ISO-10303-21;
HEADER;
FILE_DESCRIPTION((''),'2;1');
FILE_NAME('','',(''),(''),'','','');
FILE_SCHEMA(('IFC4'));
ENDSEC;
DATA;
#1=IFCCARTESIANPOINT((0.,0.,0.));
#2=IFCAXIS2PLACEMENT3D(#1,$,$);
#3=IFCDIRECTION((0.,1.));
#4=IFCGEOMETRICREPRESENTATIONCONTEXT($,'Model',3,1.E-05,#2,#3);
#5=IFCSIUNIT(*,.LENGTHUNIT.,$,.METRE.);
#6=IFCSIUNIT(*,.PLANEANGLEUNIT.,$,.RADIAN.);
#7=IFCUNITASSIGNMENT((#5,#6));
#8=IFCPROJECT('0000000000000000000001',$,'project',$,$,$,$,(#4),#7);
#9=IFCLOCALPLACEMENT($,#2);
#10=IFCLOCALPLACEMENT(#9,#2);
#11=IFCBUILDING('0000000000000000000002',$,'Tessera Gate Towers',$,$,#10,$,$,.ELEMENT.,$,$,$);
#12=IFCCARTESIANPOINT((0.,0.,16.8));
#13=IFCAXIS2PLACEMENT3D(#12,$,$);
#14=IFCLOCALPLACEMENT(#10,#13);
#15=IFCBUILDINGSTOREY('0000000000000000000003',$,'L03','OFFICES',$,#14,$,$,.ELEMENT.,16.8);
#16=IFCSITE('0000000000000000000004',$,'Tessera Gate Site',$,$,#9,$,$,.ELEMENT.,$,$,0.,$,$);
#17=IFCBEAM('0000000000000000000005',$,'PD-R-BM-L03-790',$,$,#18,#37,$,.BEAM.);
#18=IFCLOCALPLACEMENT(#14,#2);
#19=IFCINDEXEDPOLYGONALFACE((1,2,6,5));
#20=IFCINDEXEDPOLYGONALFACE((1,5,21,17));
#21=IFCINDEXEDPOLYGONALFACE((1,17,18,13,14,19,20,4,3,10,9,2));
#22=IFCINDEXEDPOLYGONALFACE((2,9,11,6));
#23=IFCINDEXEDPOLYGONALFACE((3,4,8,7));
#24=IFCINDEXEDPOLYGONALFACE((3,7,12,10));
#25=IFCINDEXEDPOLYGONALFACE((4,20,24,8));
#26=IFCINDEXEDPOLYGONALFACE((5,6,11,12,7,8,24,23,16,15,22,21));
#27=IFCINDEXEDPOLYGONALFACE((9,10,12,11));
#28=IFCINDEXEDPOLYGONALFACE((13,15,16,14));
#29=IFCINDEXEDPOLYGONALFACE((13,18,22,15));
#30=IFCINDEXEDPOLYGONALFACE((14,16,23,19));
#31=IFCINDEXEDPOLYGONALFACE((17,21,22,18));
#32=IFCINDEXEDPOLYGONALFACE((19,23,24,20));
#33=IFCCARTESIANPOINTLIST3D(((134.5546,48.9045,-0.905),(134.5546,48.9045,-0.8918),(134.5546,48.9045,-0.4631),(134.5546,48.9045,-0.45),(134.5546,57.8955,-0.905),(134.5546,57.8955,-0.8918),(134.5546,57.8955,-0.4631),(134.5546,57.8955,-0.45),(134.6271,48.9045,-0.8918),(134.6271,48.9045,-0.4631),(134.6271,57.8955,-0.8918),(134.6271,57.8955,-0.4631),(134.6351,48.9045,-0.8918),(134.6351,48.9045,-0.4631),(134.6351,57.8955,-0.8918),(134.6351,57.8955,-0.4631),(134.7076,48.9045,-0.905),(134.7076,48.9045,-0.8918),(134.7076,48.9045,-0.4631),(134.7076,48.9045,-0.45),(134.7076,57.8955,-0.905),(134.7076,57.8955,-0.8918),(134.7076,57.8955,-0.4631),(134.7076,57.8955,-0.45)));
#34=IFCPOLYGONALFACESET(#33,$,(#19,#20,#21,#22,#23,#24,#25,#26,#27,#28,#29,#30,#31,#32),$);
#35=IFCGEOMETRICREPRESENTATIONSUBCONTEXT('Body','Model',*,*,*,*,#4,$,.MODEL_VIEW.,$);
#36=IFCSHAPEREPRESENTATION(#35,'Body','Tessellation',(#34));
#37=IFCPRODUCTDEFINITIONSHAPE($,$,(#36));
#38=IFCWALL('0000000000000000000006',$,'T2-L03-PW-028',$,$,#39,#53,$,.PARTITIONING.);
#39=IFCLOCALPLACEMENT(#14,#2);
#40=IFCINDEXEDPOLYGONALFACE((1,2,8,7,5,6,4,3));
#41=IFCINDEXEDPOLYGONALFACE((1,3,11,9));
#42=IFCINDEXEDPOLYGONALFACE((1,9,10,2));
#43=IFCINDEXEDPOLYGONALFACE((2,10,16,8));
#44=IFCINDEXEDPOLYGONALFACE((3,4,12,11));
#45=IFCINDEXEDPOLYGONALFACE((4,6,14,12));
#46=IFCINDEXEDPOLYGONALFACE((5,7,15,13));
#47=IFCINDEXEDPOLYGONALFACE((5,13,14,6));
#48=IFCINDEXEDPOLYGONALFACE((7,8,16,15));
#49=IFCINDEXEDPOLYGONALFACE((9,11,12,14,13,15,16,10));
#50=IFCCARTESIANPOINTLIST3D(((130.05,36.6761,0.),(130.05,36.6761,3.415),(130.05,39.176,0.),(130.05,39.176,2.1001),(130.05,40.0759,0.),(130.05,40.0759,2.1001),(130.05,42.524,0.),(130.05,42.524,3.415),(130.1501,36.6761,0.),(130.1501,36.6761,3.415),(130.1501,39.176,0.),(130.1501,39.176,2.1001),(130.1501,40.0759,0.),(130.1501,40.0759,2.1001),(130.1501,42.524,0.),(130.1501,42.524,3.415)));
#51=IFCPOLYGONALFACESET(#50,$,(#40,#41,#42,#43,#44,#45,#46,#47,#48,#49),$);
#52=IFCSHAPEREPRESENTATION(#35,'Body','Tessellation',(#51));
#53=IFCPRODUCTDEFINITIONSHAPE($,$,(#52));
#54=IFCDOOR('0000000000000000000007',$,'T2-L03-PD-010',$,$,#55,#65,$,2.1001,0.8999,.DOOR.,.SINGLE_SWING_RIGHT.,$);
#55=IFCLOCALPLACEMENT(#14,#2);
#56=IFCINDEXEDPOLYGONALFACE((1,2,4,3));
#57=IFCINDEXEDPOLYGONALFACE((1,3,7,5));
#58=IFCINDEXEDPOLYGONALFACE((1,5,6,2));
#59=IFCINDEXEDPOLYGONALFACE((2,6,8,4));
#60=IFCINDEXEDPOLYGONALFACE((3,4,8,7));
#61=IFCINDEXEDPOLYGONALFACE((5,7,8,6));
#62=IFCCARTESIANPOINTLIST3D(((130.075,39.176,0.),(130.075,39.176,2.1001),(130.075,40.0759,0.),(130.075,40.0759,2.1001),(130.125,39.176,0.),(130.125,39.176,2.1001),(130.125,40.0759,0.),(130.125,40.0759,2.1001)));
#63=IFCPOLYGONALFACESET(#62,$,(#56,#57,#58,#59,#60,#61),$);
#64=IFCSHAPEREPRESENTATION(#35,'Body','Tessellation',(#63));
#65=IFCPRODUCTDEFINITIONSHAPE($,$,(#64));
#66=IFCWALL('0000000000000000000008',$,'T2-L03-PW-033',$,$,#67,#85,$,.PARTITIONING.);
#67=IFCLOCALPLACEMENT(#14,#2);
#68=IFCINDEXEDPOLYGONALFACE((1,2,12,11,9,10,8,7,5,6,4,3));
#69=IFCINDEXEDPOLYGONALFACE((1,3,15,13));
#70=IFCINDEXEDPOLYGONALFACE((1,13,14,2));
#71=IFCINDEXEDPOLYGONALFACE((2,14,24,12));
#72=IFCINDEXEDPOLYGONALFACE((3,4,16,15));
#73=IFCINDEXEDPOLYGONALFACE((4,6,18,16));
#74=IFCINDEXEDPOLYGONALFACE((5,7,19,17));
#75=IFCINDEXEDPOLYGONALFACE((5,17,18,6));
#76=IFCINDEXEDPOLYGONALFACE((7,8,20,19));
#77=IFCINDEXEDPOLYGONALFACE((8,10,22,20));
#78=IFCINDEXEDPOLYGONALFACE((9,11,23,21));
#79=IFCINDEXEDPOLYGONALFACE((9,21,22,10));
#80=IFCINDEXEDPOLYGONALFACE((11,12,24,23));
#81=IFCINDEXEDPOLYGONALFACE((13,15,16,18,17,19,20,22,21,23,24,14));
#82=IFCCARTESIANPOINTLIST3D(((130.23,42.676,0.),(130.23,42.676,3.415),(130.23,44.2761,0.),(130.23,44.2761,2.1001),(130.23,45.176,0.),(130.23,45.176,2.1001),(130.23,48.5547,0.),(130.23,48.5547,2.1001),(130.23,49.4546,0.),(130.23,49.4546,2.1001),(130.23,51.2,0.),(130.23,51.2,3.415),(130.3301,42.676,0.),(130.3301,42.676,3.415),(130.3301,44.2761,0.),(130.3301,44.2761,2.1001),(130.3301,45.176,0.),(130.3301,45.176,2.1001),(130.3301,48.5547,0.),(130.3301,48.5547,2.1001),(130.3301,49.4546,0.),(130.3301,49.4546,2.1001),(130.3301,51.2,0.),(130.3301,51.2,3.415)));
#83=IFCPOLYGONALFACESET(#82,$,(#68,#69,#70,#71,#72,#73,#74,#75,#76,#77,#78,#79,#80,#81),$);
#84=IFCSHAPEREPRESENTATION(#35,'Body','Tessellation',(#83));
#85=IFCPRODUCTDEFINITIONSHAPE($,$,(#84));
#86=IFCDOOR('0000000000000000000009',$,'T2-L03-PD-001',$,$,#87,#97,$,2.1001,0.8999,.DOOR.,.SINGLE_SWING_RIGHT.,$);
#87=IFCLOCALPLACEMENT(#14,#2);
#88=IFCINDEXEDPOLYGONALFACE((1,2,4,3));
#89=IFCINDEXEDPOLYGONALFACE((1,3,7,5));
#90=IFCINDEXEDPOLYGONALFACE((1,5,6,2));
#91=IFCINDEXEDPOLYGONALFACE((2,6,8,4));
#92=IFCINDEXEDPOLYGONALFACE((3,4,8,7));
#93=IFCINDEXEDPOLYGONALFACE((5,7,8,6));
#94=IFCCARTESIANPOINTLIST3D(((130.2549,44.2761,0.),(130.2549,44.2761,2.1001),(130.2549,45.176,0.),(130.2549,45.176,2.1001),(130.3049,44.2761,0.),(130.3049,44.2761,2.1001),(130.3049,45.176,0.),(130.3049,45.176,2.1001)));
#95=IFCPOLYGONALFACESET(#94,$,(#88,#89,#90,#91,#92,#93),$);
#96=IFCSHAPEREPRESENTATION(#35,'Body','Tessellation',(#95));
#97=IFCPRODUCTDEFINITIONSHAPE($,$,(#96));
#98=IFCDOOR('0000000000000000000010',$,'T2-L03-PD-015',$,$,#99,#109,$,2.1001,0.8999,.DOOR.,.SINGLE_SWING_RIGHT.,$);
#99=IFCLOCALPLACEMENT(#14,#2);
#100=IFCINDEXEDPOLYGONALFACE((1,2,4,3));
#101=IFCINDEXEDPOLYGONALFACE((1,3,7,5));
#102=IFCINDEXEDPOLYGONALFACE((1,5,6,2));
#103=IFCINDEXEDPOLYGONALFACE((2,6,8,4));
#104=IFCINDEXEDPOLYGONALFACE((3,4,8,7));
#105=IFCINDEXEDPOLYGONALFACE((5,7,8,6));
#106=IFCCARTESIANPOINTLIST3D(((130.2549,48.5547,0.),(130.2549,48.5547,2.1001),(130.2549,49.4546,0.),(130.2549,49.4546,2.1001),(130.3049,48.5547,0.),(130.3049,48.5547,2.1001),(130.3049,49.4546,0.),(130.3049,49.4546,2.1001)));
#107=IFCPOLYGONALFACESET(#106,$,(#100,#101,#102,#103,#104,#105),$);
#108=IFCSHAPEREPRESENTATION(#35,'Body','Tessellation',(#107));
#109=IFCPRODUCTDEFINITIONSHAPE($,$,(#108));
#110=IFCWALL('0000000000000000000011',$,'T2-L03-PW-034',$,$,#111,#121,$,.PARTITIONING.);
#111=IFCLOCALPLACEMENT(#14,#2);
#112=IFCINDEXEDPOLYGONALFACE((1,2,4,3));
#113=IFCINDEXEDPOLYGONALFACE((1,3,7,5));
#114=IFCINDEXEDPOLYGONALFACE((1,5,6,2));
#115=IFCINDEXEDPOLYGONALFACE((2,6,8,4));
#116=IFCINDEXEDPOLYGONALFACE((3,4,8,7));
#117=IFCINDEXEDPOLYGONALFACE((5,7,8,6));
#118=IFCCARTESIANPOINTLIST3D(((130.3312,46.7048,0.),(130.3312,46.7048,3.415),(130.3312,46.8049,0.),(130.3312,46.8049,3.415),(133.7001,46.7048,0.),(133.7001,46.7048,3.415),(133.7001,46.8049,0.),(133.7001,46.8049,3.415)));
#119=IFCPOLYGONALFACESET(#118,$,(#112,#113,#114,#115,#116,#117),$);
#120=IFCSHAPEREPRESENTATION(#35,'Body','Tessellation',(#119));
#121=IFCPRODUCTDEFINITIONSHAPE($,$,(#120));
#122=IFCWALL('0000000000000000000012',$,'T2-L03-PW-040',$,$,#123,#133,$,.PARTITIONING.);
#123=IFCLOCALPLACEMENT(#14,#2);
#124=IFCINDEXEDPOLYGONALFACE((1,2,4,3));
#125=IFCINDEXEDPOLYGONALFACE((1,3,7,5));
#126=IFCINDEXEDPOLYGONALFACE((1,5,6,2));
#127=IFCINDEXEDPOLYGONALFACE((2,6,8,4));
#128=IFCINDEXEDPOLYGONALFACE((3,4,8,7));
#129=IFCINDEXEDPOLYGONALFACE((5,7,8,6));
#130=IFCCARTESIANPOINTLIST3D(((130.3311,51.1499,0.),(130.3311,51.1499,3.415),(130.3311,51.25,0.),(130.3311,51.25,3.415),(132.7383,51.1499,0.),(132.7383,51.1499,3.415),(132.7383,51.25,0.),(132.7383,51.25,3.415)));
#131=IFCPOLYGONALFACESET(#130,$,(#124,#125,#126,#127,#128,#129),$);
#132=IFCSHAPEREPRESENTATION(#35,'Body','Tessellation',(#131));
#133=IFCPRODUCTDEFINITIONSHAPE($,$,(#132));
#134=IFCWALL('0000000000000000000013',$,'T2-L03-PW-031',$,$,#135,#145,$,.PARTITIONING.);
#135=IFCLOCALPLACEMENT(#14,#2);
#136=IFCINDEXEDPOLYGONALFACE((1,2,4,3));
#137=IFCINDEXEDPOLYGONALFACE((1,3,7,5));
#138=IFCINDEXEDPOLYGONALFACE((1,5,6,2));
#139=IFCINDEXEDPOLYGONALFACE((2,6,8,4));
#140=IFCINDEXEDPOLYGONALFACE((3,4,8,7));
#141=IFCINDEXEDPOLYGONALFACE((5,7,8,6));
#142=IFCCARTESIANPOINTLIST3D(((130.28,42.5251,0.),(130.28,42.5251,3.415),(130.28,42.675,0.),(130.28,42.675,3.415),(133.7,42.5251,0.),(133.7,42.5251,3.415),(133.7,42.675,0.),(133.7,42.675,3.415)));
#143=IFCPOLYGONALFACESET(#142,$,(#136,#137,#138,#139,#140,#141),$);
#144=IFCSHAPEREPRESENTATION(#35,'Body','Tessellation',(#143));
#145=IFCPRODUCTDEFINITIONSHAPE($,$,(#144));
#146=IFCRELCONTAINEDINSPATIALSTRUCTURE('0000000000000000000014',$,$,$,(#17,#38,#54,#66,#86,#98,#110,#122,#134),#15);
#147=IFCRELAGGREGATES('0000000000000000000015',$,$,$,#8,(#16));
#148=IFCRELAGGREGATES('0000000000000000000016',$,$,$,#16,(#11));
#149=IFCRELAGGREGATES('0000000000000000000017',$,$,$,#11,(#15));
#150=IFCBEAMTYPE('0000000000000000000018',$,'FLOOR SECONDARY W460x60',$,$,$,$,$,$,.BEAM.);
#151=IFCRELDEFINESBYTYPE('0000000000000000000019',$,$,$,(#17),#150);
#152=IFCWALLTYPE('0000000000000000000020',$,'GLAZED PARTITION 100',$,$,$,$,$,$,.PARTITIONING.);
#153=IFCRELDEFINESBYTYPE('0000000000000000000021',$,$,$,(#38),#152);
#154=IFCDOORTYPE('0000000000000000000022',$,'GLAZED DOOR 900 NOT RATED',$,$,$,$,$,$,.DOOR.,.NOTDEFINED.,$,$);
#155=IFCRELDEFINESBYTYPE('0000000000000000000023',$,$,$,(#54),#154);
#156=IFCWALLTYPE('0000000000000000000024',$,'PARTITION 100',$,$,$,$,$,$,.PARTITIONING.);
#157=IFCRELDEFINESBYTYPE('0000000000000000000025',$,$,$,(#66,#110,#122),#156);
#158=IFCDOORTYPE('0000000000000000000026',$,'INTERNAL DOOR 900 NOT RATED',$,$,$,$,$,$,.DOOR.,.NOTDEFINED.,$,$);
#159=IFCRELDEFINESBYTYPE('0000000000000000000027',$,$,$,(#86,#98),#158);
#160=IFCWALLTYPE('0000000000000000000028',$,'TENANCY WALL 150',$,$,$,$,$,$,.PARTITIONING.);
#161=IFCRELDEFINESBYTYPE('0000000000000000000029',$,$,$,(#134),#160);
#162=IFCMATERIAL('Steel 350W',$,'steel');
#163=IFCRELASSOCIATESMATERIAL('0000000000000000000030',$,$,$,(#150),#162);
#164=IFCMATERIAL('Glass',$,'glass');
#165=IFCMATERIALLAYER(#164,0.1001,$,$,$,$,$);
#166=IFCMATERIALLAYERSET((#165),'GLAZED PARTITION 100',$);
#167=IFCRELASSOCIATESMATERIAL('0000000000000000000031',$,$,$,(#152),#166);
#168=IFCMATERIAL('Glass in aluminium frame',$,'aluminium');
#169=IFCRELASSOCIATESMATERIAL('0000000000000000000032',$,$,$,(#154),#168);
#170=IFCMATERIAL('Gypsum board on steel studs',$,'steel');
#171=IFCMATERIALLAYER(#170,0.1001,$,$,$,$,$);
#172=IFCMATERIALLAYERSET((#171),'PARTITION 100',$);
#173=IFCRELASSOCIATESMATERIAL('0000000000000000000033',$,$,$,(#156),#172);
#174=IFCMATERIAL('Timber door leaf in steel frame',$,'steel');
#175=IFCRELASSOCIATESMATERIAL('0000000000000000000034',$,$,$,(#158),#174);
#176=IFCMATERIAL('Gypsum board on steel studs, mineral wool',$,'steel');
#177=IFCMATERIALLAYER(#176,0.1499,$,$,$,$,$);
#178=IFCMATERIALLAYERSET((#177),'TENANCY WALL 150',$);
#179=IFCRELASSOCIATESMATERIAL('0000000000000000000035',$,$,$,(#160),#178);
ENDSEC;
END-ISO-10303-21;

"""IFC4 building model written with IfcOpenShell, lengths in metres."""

from ifc_helpers import new_model, si_unit, direction, frame, frame_2d, origin, origin_2d, place, context, subcontext, project, spatial, rectangle, i_section, extrude, source, transform, mapped, material, layer, layer_set, material_profile, profile_set, type_object, element, fill, save


model = new_model("IFC4")

# Units and contexts
model_context = context("Model", 3, precision=1e-05, world=origin(), true_north=direction((0.0, 1.0)))
body_context = subcontext(model_context, "Body", "Model", "MODEL_VIEW")
ifc_project = project(units=[si_unit("LENGTHUNIT", "METRE"), si_unit("PLANEANGLEUNIT", "RADIAN")], contexts=[model_context])

# Site, building, storey
site_placement = place(None, origin())
site = spatial("IfcSite", under=ifc_project, at=site_placement, Name="Tessera Gate Site", CompositionType="ELEMENT", RefElevation=0.0)
building_placement = place(site_placement, origin())
building = spatial("IfcBuilding", under=site, at=building_placement, Name="Tessera Gate Towers", CompositionType="ELEMENT")
storey_placement = place(building_placement, frame((0.0, 0.0, 16.8)))
storey = spatial("IfcBuildingStorey", under=building, at=storey_placement, Name="L03", Description="OFFICES", CompositionType="ELEMENT", Elevation=16.8)

# Beam
ifc_material_1 = material(Name="Steel 350W", Category="steel")
ifc_material_profile_1 = material_profile(ifc_material_1, i_section(OverallWidth=0.1531, OverallDepth=0.4551, WebThickness=0.0081, FlangeThickness=0.0132, at=origin_2d()), Name="W460x60")
ifc_profile_set_1 = profile_set([ifc_material_profile_1], Name="Steel 350W")
beam_type_1 = type_object("IfcBeamType", Name="FLOOR SECONDARY W460x60", PredefinedType="BEAM", material=ifc_profile_set_1)
beam_1_placement = place(storey_placement, frame((134.6311, 48.9045, -0.6775), z_axis=(0.0, 1.0, 0.0), x_axis=(-1.0, 0.0, 0.0)))
element("IfcBeam", 1, at=beam_1_placement, inside=storey, type_object=beam_type_1, Name="PD-R-BM-L03-790", PredefinedType="BEAM", context=body_context, shape_type="SweptSolid", body=[
    extrude(i_section(OverallWidth=0.1531, OverallDepth=0.4551, WebThickness=0.0081, FlangeThickness=0.0132, at=origin_2d()), origin(), (0.0, 0.0, 1.0), 8.991),
])

# Wall, opening, door
ifc_material_2 = material(Name="Glass", Category="glass")
ifc_layer_1 = layer(ifc_material_2, 0.1001)
ifc_layer_set_1 = layer_set([ifc_layer_1], Name="GLAZED PARTITION 100")
wall_type_1 = type_object("IfcWallType", Name="GLAZED PARTITION 100", PredefinedType="PARTITIONING", material=ifc_layer_set_1)
wall_1_placement = place(storey_placement, frame((130.1001, 42.5239, 0.0), z_axis=(0.0, 0.0, 1.0), x_axis=(0.0, -1.0, 0.0)))
wall_1 = element("IfcWall", 2, at=wall_1_placement, inside=storey, type_object=wall_type_1, Name="T2-L03-PW-028", PredefinedType="PARTITIONING", context=body_context, shape_type="SweptSolid", body=[
    extrude(rectangle(XDim=5.8479, YDim=0.1001, at=frame_2d((2.9238, 0.0))), origin(), (0.0, 0.0, 1.0), 3.415),
])
shared_shape_1 = source(origin(), body_context, "Body", "SweptSolid", [
    extrude(rectangle(XDim=0.8999, YDim=2.1001, at=frame_2d((0.45, 1.05))), frame((0.0, 0.0601, 0.0), z_axis=(0.0, -1.0, 0.0), x_axis=(1.0, 0.0, 0.0)), (0.0, 0.0, 1.0), 0.1201),
])
opening_1_placement = place(wall_1_placement, frame((2.448, 0.0, 0.0)))
opening_1 = element("IfcOpeningElement", 3, at=opening_1_placement, cuts=wall_1, PredefinedType="OPENING", context=body_context, shape_type="MappedRepresentation", body=[
    mapped(shared_shape_1, transform((0.0, 0.0, 0.0), scale=1.0)),
])
ifc_material_3 = material(Name="Glass in aluminium frame", Category="aluminium")
door_type_1 = type_object("IfcDoorType", Name="GLAZED DOOR 900 NOT RATED", OperationType="NOTDEFINED", PredefinedType="DOOR", material=ifc_material_3)
shared_shape_2 = source(origin(), body_context, "Body", "SweptSolid", [
    extrude(rectangle(XDim=0.8999, YDim=2.1001, at=frame_2d((0.45, 1.05))), frame((0.0, 0.0249, 0.0), z_axis=(0.0, -1.0, 0.0), x_axis=(1.0, 0.0, 0.0)), (0.0, 0.0, 1.0), 0.05),
])
door_1_placement = place(opening_1_placement, origin())
door_1 = element("IfcDoor", 4, at=door_1_placement, inside=storey, type_object=door_type_1, Name="T2-L03-PD-010", OperationType="SINGLE_SWING_RIGHT", OverallHeight=2.1001, OverallWidth=0.8999, PredefinedType="DOOR", context=body_context, shape_type="MappedRepresentation", body=[
    mapped(shared_shape_2, transform((0.0, 0.0, 0.0), scale=1.0)),
])
fill(opening_1, door_1)

# Wall, openings, doors
ifc_material_4 = material(Name="Gypsum board on steel studs", Category="steel")
ifc_layer_2 = layer(ifc_material_4, 0.1001)
ifc_layer_set_2 = layer_set([ifc_layer_2], Name="PARTITION 100")
wall_type_2 = type_object("IfcWallType", Name="PARTITION 100", PredefinedType="PARTITIONING", material=ifc_layer_set_2)
wall_2_placement = place(storey_placement, frame((130.28, 51.2, 0.0), z_axis=(0.0, 0.0, 1.0), x_axis=(0.0, -1.0, 0.0)))
wall_2 = element("IfcWall", 5, at=wall_2_placement, inside=storey, type_object=wall_type_2, Name="T2-L03-PW-033", PredefinedType="PARTITIONING", context=body_context, shape_type="SweptSolid", body=[
    extrude(rectangle(XDim=8.5239, YDim=0.1001, at=frame_2d((4.262, 0.0))), origin(), (0.0, 0.0, 1.0), 3.415),
])
opening_2_placement = place(wall_2_placement, frame((6.0239, 0.0, 0.0)))
opening_2 = element("IfcOpeningElement", 6, at=opening_2_placement, cuts=wall_2, PredefinedType="OPENING", context=body_context, shape_type="MappedRepresentation", body=[
    mapped(shared_shape_1, transform((0.0, 0.0, 0.0), scale=1.0)),
])
opening_3_placement = place(wall_2_placement, frame((1.7454, 0.0, 0.0)))
opening_3 = element("IfcOpeningElement", 7, at=opening_3_placement, cuts=wall_2, PredefinedType="OPENING", context=body_context, shape_type="MappedRepresentation", body=[
    mapped(shared_shape_1, transform((0.0, 0.0, 0.0), scale=1.0)),
])
ifc_material_5 = material(Name="Timber door leaf in steel frame", Category="steel")
door_type_2 = type_object("IfcDoorType", Name="INTERNAL DOOR 900 NOT RATED", OperationType="NOTDEFINED", PredefinedType="DOOR", material=ifc_material_5)
door_2_placement = place(opening_2_placement, origin())
door_2 = element("IfcDoor", 8, at=door_2_placement, inside=storey, type_object=door_type_2, Name="T2-L03-PD-001", OperationType="SINGLE_SWING_RIGHT", OverallHeight=2.1001, OverallWidth=0.8999, PredefinedType="DOOR", context=body_context, shape_type="MappedRepresentation", body=[
    mapped(shared_shape_2, transform((0.0, 0.0, 0.0), scale=1.0)),
])
fill(opening_2, door_2)
door_3_placement = place(opening_3_placement, origin())
door_3 = element("IfcDoor", 9, at=door_3_placement, inside=storey, type_object=door_type_2, Name="T2-L03-PD-015", OperationType="SINGLE_SWING_RIGHT", OverallHeight=2.1001, OverallWidth=0.8999, PredefinedType="DOOR", context=body_context, shape_type="MappedRepresentation", body=[
    mapped(shared_shape_2, transform((0.0, 0.0, 0.0), scale=1.0)),
])
fill(opening_3, door_3)

# Walls
wall_3_placement = place(storey_placement, frame((130.3311, 46.7549, 0.0), z_axis=(0.0, 0.0, 1.0), x_axis=(1.0, 0.0, 0.0)))
element("IfcWall", 10, at=wall_3_placement, inside=storey, type_object=wall_type_2, Name="T2-L03-PW-034", PredefinedType="PARTITIONING", context=body_context, shape_type="SweptSolid", body=[
    extrude(rectangle(XDim=3.3689, YDim=0.1001, at=frame_2d((1.6846, 0.0))), origin(), (0.0, 0.0, 1.0), 3.415),
])
wall_4_placement = place(storey_placement, frame((130.3311, 51.2, 0.0), z_axis=(0.0, 0.0, 1.0), x_axis=(1.0, 0.0, 0.0)))
element("IfcWall", 11, at=wall_4_placement, inside=storey, type_object=wall_type_2, Name="T2-L03-PW-040", PredefinedType="PARTITIONING", context=body_context, shape_type="SweptSolid", body=[
    extrude(rectangle(XDim=2.4072, YDim=0.1001, at=frame_2d((1.2036, 0.0))), origin(), (0.0, 0.0, 1.0), 3.415),
])
ifc_material_6 = material(Name="Gypsum board on steel studs, mineral wool", Category="steel")
ifc_layer_3 = layer(ifc_material_6, 0.1499)
ifc_layer_set_3 = layer_set([ifc_layer_3], Name="TENANCY WALL 150")
wall_type_3 = type_object("IfcWallType", Name="TENANCY WALL 150", PredefinedType="PARTITIONING", material=ifc_layer_set_3)
wall_5_placement = place(storey_placement, frame((130.28, 42.6001, 0.0), z_axis=(0.0, 0.0, 1.0), x_axis=(1.0, 0.0, 0.0)))
element("IfcWall", 12, at=wall_5_placement, inside=storey, type_object=wall_type_3, Name="T2-L03-PW-031", PredefinedType="PARTITIONING", context=body_context, shape_type="SweptSolid", body=[
    extrude(rectangle(XDim=3.4199, YDim=0.1499, at=frame_2d((1.71, 0.0))), origin(), (0.0, 0.0, 1.0), 3.415),
])

save(model, "model.ifc")
